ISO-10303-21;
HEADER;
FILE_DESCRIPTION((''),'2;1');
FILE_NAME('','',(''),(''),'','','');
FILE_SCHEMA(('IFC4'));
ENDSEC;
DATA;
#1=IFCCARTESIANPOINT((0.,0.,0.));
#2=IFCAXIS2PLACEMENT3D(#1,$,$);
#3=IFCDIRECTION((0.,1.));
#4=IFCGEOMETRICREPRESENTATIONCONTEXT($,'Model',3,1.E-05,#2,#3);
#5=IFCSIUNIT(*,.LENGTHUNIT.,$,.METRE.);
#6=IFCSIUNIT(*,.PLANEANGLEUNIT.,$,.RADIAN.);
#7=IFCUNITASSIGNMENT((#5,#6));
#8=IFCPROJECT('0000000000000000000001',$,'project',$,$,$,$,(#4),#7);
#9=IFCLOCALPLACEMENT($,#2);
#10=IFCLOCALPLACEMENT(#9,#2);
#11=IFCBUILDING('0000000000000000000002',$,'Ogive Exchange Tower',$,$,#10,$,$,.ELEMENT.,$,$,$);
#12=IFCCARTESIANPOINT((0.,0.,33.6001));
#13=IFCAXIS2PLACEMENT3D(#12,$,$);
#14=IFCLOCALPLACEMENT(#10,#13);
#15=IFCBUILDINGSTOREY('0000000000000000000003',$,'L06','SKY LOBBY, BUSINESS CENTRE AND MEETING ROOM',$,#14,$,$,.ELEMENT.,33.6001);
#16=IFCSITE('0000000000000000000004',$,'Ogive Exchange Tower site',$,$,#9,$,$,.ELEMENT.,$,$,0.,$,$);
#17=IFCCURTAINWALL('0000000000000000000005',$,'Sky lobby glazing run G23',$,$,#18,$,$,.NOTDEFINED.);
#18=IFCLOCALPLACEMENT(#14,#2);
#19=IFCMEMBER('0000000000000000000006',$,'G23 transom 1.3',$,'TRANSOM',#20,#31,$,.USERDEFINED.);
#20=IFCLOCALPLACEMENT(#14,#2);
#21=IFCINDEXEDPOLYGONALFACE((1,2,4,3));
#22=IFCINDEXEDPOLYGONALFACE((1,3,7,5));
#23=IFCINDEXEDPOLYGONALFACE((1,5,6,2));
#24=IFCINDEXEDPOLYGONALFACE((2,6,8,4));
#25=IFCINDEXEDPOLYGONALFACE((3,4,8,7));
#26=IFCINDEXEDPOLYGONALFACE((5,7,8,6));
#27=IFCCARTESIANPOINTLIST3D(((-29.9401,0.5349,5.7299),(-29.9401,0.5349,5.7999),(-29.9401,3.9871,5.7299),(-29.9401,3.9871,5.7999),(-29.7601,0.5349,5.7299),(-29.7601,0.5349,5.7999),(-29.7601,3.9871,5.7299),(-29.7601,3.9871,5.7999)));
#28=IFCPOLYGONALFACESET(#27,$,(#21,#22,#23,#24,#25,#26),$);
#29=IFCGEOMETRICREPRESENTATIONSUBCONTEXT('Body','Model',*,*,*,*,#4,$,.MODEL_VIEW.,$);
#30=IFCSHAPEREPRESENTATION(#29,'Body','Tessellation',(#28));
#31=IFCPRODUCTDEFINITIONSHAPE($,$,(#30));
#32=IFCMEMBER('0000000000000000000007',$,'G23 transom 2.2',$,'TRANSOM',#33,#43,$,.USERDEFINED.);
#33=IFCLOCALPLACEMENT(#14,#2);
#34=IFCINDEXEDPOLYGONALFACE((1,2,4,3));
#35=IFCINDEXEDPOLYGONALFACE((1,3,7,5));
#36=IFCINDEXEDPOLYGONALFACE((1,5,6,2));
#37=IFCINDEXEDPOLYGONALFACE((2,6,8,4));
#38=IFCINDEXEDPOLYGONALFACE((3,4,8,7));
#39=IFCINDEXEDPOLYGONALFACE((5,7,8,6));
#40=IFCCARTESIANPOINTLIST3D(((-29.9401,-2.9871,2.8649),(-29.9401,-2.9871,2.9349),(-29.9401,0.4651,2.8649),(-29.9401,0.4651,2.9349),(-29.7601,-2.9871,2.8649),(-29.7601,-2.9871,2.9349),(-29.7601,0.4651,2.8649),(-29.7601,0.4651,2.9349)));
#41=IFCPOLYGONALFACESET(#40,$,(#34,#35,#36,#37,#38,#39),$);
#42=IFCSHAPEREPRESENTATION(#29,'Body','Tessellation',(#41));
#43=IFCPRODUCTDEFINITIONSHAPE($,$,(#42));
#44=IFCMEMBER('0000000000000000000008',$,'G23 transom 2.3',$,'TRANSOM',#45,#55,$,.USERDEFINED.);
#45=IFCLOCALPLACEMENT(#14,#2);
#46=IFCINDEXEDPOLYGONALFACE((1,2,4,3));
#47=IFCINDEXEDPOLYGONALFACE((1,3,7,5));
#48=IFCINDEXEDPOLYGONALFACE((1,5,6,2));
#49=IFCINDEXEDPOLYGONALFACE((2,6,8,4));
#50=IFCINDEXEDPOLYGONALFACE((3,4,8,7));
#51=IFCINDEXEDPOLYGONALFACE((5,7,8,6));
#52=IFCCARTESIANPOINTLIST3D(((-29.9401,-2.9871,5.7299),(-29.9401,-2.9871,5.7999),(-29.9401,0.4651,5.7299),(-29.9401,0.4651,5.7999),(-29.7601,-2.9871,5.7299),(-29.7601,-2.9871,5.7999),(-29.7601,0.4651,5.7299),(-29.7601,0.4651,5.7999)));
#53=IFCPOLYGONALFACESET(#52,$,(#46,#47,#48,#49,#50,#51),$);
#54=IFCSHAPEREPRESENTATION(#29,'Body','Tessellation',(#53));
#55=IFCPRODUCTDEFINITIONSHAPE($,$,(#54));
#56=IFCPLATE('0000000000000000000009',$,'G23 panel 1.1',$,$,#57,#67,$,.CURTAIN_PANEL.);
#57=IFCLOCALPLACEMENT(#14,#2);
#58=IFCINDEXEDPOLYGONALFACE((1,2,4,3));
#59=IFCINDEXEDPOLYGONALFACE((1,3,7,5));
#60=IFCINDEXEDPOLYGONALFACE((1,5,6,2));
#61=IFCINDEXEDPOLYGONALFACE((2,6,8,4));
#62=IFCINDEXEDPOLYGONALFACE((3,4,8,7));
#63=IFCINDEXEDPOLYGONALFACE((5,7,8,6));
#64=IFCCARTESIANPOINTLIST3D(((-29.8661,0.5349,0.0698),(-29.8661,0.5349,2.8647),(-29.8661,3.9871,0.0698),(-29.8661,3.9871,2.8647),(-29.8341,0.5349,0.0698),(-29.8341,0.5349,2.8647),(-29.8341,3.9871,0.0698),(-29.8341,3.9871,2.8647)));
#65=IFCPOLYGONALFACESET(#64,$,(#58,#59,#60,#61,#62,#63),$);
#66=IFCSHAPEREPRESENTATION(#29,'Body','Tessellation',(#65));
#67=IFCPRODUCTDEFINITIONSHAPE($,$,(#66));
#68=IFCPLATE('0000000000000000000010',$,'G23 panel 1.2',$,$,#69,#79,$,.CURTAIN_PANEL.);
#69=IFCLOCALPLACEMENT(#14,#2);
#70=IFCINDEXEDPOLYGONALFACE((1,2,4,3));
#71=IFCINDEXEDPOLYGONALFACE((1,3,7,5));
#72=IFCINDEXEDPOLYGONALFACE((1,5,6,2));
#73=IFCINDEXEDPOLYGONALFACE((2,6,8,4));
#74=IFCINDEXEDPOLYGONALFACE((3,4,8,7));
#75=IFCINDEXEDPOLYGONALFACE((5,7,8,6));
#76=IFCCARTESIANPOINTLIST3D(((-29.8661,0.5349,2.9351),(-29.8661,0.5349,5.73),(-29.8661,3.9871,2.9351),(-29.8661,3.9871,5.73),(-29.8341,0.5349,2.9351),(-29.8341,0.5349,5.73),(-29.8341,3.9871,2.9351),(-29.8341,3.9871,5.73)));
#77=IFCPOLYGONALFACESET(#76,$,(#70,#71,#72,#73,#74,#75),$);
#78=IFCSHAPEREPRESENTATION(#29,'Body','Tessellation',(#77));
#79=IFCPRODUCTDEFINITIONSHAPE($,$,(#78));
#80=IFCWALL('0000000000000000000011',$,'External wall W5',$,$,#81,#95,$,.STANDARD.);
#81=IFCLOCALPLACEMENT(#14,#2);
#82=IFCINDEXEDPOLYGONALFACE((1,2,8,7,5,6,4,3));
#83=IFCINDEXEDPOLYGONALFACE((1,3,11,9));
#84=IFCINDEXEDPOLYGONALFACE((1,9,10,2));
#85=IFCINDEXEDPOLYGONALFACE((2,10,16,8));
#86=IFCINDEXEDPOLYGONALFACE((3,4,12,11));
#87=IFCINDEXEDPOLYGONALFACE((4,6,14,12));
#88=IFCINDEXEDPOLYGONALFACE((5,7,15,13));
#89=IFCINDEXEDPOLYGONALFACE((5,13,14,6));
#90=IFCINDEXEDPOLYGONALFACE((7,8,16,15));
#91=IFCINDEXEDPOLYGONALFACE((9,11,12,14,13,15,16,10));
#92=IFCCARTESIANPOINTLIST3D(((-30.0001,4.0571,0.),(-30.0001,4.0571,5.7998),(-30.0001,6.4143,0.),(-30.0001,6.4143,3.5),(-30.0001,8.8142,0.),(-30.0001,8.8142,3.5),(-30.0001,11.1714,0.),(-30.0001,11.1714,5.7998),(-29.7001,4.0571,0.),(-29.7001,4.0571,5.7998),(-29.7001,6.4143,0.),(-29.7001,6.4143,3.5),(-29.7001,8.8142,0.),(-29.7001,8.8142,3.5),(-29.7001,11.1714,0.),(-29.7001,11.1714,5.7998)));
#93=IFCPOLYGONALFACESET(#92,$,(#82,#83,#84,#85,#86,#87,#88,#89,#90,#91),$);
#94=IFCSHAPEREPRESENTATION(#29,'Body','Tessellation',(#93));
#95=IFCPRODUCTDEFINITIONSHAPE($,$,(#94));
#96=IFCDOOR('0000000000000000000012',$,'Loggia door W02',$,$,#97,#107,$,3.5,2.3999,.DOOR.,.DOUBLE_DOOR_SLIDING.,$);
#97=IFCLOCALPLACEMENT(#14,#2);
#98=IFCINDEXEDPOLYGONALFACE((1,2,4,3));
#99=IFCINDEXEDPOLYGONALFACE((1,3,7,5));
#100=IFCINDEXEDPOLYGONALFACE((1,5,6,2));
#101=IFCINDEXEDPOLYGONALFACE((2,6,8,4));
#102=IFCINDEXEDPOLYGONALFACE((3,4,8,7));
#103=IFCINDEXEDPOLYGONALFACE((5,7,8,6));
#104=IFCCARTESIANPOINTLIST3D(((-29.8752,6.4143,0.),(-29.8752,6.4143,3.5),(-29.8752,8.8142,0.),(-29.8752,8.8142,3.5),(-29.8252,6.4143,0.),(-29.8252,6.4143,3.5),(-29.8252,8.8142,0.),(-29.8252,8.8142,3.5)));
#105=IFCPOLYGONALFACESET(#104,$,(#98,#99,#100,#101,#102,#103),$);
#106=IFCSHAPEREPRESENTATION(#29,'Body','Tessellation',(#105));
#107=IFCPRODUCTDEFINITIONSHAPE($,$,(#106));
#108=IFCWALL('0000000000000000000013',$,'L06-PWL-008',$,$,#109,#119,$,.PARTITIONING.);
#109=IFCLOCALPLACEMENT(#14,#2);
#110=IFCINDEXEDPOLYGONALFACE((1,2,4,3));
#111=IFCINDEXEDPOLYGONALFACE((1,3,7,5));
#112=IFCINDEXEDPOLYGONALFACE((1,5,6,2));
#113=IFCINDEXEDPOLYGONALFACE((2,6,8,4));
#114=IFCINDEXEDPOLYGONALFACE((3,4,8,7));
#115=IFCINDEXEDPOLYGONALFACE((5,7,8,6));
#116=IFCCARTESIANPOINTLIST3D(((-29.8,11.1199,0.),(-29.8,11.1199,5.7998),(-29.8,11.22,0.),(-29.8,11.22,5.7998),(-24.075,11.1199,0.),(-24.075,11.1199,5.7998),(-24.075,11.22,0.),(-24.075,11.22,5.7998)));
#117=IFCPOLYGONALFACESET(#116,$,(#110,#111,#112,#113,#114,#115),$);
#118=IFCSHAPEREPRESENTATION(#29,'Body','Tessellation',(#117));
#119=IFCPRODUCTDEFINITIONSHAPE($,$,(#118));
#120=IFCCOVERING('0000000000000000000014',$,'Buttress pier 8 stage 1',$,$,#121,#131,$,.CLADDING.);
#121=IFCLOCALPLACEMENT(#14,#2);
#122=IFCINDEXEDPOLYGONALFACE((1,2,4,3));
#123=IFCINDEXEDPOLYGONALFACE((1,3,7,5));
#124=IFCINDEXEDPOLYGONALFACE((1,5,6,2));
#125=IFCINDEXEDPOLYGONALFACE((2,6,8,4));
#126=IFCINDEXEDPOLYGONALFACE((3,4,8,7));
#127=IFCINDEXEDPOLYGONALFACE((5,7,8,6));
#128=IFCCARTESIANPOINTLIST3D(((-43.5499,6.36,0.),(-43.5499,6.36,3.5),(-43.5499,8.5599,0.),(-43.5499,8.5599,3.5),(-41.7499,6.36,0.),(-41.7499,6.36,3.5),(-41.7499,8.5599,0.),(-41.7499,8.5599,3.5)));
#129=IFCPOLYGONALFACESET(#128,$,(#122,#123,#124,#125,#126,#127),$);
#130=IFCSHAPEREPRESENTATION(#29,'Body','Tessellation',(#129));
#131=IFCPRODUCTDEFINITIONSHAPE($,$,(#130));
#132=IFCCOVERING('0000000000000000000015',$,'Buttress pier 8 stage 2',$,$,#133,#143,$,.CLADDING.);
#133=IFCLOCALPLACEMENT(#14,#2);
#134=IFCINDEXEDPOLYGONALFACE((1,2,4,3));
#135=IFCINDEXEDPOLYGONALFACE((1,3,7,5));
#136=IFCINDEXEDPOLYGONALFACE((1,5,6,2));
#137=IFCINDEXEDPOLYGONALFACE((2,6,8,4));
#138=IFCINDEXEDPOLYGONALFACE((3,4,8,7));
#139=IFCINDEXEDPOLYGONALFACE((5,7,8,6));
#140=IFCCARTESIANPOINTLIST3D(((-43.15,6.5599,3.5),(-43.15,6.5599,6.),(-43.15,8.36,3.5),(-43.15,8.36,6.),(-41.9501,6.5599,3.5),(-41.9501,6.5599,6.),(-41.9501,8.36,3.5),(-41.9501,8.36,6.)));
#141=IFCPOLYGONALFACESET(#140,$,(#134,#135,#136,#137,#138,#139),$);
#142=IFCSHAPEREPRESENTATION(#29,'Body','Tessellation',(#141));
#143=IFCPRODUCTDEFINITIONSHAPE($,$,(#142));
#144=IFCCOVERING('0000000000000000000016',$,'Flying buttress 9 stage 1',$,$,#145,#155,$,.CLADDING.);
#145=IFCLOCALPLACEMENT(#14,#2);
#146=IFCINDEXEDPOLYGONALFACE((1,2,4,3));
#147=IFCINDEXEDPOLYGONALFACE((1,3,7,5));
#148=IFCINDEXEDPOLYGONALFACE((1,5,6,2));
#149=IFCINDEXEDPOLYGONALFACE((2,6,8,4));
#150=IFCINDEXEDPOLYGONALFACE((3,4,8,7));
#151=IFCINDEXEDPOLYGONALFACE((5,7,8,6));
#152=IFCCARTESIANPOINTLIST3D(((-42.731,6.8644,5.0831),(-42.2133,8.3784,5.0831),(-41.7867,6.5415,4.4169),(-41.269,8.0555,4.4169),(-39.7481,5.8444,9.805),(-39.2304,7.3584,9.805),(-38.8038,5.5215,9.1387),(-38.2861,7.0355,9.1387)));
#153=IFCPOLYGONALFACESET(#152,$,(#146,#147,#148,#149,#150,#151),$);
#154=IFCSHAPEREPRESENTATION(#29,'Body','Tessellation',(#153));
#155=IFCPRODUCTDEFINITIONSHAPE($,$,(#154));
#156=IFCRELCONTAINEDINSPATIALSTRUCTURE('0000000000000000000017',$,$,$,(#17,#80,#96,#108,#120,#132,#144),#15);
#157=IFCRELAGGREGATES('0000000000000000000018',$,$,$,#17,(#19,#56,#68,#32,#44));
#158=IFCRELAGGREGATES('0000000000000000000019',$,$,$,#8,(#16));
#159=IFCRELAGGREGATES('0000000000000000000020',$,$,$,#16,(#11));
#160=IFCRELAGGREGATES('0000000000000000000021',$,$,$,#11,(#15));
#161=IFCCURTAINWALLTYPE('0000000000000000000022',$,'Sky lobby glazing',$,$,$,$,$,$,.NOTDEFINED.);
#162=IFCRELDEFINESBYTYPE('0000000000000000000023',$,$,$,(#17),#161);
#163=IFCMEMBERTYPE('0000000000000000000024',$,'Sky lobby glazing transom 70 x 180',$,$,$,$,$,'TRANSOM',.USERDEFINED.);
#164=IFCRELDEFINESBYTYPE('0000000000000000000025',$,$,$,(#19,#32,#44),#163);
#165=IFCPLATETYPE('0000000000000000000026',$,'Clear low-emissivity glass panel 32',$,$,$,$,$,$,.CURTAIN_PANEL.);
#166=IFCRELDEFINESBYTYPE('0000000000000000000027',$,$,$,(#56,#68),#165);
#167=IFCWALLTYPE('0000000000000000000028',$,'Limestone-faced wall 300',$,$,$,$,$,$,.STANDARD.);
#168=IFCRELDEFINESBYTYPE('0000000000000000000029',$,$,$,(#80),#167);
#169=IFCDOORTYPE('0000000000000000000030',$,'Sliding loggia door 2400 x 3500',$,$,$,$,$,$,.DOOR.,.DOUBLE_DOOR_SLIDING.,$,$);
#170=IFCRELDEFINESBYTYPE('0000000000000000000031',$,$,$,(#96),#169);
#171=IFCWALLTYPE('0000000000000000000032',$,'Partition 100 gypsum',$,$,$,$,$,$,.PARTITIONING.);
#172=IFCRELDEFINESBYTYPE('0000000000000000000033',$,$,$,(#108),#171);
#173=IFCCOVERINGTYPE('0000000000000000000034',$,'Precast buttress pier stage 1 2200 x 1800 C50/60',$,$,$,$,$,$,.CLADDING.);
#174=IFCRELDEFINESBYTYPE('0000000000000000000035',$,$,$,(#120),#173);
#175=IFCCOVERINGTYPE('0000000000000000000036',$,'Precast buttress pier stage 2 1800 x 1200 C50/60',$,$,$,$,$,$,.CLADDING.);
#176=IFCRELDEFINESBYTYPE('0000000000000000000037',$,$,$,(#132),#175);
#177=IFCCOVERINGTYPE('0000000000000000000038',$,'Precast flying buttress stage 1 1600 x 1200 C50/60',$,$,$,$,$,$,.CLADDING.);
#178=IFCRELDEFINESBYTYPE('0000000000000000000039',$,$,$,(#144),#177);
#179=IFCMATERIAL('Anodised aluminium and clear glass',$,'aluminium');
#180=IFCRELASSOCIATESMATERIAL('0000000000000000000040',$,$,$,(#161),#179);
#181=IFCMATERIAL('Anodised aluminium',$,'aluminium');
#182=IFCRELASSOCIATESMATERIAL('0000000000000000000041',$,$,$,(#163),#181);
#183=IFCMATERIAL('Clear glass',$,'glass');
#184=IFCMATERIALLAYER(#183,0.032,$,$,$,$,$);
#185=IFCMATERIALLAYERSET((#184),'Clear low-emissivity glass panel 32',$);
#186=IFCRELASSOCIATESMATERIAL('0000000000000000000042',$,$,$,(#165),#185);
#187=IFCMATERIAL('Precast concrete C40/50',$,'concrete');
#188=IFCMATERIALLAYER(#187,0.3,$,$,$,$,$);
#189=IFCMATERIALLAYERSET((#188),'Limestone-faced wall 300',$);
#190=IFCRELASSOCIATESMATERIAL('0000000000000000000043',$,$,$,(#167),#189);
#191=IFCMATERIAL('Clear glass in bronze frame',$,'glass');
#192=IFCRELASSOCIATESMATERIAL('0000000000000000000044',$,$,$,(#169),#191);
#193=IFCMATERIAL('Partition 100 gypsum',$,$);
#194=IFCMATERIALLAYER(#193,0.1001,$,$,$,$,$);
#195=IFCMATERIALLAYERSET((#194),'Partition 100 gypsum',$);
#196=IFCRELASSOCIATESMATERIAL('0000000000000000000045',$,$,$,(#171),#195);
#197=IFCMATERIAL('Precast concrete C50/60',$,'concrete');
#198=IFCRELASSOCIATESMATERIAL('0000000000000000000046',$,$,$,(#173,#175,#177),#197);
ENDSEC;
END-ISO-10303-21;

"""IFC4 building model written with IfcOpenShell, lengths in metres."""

from ifc_helpers import new_model, si_unit, direction, frame, frame_2d, origin, origin_2d, place, context, subcontext, project, spatial, rectangle, extrude, material, layer, layer_set, material_profile, profile_set, type_object, element, fill, aggregate, save


model = new_model("IFC4")

# Units and contexts
model_context = context("Model", 3, precision=1e-05, world=origin(), true_north=direction((0.0, 1.0)))
body_context = subcontext(model_context, "Body", "Model", "MODEL_VIEW")
ifc_project = project(units=[si_unit("LENGTHUNIT", "METRE"), si_unit("PLANEANGLEUNIT", "RADIAN")], contexts=[model_context])

# Site, building, storey
site_placement = place(None, origin())
site = spatial("IfcSite", under=ifc_project, at=site_placement, Name="Ogive Exchange Tower site", CompositionType="ELEMENT", RefElevation=0.0)
building_placement = place(site_placement, origin())
building = spatial("IfcBuilding", under=site, at=building_placement, Name="Ogive Exchange Tower", CompositionType="ELEMENT")
storey_placement = place(building_placement, frame((0.0, 0.0, 33.6001)))
storey = spatial("IfcBuildingStorey", under=building, at=storey_placement, Name="L06", Description="SKY LOBBY, BUSINESS CENTRE AND MEETING ROOM", CompositionType="ELEMENT", Elevation=33.6001)

# Shared definitions
ifc_material_1 = material(Name="Anodised aluminium and clear glass", Category="aluminium")
curtain_wall_type = type_object("IfcCurtainWallType", Name="Sky lobby glazing", PredefinedType="NOTDEFINED", material=ifc_material_1)
ifc_material_2 = material(Name="Anodised aluminium", Category="aluminium")

# Curtain wall, members, plates
curtain_wall_1_placement = place(storey_placement, origin())
curtain_wall_1 = element("IfcCurtainWall", 1, at=curtain_wall_1_placement, inside=storey, type_object=curtain_wall_type, Name="Sky lobby glazing run G23", PredefinedType="NOTDEFINED")
ifc_material_profile_1 = material_profile(ifc_material_2, rectangle(XDim=0.1799, YDim=0.0701, at=origin_2d()), Name="AL 70x180")
ifc_profile_set_1 = profile_set([ifc_material_profile_1], Name="Anodised aluminium")
member_type_1 = type_object("IfcMemberType", Name="Sky lobby glazing transom 70 x 180", ElementType="TRANSOM", PredefinedType="USERDEFINED", material=ifc_profile_set_1)
member_1_placement = place(storey_placement, frame((-29.8501, 3.9871, 5.7649), z_axis=(0.0, -1.0, 0.0), x_axis=(1.0, 0.0, 0.0)))
member_1 = element("IfcMember", 2, at=member_1_placement, type_object=member_type_1, Name="G23 transom 1.3", ObjectType="TRANSOM", PredefinedType="USERDEFINED", context=body_context, shape_type="SweptSolid", body=[
    extrude(rectangle(XDim=0.1799, YDim=0.0701, at=origin_2d()), origin(), (0.0, 0.0, 1.0), 3.4521),
])
member_2_placement = place(storey_placement, frame((-29.8501, 0.4651, 2.8999), z_axis=(0.0, -1.0, 0.0), x_axis=(1.0, 0.0, 0.0)))
member_2 = element("IfcMember", 3, at=member_2_placement, type_object=member_type_1, Name="G23 transom 2.2", ObjectType="TRANSOM", PredefinedType="USERDEFINED", context=body_context, shape_type="SweptSolid", body=[
    extrude(rectangle(XDim=0.1799, YDim=0.0701, at=origin_2d()), origin(), (0.0, 0.0, 1.0), 3.4521),
])
member_3_placement = place(storey_placement, frame((-29.8501, 0.4651, 5.7649), z_axis=(0.0, -1.0, 0.0), x_axis=(1.0, 0.0, 0.0)))
member_3 = element("IfcMember", 4, at=member_3_placement, type_object=member_type_1, Name="G23 transom 2.3", ObjectType="TRANSOM", PredefinedType="USERDEFINED", context=body_context, shape_type="SweptSolid", body=[
    extrude(rectangle(XDim=0.1799, YDim=0.0701, at=origin_2d()), origin(), (0.0, 0.0, 1.0), 3.4521),
])
ifc_material_3 = material(Name="Clear glass", Category="glass")
ifc_layer_1 = layer(ifc_material_3, 0.032)
ifc_layer_set_1 = layer_set([ifc_layer_1], Name="Clear low-emissivity glass panel 32")
plate_type = type_object("IfcPlateType", Name="Clear low-emissivity glass panel 32", PredefinedType="CURTAIN_PANEL", material=ifc_layer_set_1)
plate_1_placement = place(storey_placement, frame((-29.8501, 2.261, 0.0698), z_axis=(0.0, 0.0, 1.0), x_axis=(0.0, -1.0, 0.0)))
plate_1 = element("IfcPlate", 5, at=plate_1_placement, type_object=plate_type, Name="G23 panel 1.1", PredefinedType="CURTAIN_PANEL", context=body_context, shape_type="SweptSolid", body=[
    extrude(rectangle(XDim=3.4521, YDim=0.032, at=origin_2d()), origin(), (0.0, 0.0, 1.0), 2.7949),
])
plate_2_placement = place(storey_placement, frame((-29.8501, 2.261, 2.9351), z_axis=(0.0, 0.0, 1.0), x_axis=(0.0, -1.0, 0.0)))
plate_2 = element("IfcPlate", 6, at=plate_2_placement, type_object=plate_type, Name="G23 panel 1.2", PredefinedType="CURTAIN_PANEL", context=body_context, shape_type="SweptSolid", body=[
    extrude(rectangle(XDim=3.4521, YDim=0.032, at=origin_2d()), origin(), (0.0, 0.0, 1.0), 2.7949),
])
aggregate(curtain_wall_1, [member_1, plate_1, plate_2, member_2, member_3])

# Wall, opening, door
ifc_material_4 = material(Name="Precast concrete C40/50", Category="concrete")
ifc_layer_2 = layer(ifc_material_4, 0.3)
ifc_layer_set_2 = layer_set([ifc_layer_2], Name="Limestone-faced wall 300")
wall_type_1 = type_object("IfcWallType", Name="Limestone-faced wall 300", PredefinedType="STANDARD", material=ifc_layer_set_2)
wall_1_placement = place(storey_placement, frame((-29.8501, 11.1714, 0.0), z_axis=(0.0, 0.0, 1.0), x_axis=(0.0, -1.0, 0.0)))
wall_1 = element("IfcWall", 7, at=wall_1_placement, inside=storey, type_object=wall_type_1, Name="External wall W5", PredefinedType="STANDARD", context=body_context, shape_type="SweptSolid", body=[
    extrude(rectangle(XDim=7.1143, YDim=0.3, at=frame_2d((3.5571, 0.0))), origin(), (0.0, 0.0, 1.0), 5.7998),
])
opening_placement = place(wall_1_placement, frame((2.3572, 0.0, 0.0)))
opening = element("IfcOpeningElement", 8, at=opening_placement, cuts=wall_1, PredefinedType="OPENING", context=body_context, shape_type="SweptSolid", body=[
    extrude(rectangle(XDim=2.3999, YDim=3.5, at=frame_2d((1.2, 1.75))), frame((0.0, 0.1599, 0.0), z_axis=(0.0, -1.0, 0.0), x_axis=(1.0, 0.0, 0.0)), (0.0, 0.0, 1.0), 0.3201),
])
ifc_material_5 = material(Name="Clear glass in bronze frame", Category="glass")
door_type = type_object("IfcDoorType", Name="Sliding loggia door 2400 x 3500", OperationType="DOUBLE_DOOR_SLIDING", PredefinedType="DOOR", material=ifc_material_5)
door_placement = place(opening_placement, origin())
door = element("IfcDoor", 9, at=door_placement, inside=storey, type_object=door_type, Name="Loggia door W02", OperationType="DOUBLE_DOOR_SLIDING", OverallHeight=3.5, OverallWidth=2.3999, PredefinedType="DOOR", context=body_context, shape_type="SweptSolid", body=[
    extrude(rectangle(XDim=2.3999, YDim=3.5, at=frame_2d((1.2, 1.75))), frame((0.0, 0.0249, 0.0), z_axis=(0.0, -1.0, 0.0), x_axis=(1.0, 0.0, 0.0)), (0.0, 0.0, 1.0), 0.05),
])
fill(opening, door)

# Wall
ifc_material_6 = material(Name="Partition 100 gypsum")
ifc_layer_3 = layer(ifc_material_6, 0.1001)
ifc_layer_set_3 = layer_set([ifc_layer_3], Name="Partition 100 gypsum")
wall_type_2 = type_object("IfcWallType", Name="Partition 100 gypsum", PredefinedType="PARTITIONING", material=ifc_layer_set_3)
wall_2_placement = place(storey_placement, frame((-24.075, 11.1699, 0.0), z_axis=(0.0, 0.0, 1.0), x_axis=(-1.0, 0.0, 0.0)))
element("IfcWall", 10, at=wall_2_placement, inside=storey, type_object=wall_type_2, Name="L06-PWL-008", PredefinedType="PARTITIONING", context=body_context, shape_type="SweptSolid", body=[
    extrude(rectangle(XDim=5.7251, YDim=0.1001, at=frame_2d((2.8625, 0.0))), origin(), (0.0, 0.0, 1.0), 5.7998),
])

# Coverings
ifc_material_7 = material(Name="Precast concrete C50/60", Category="concrete")
ifc_material_profile_2 = material_profile(ifc_material_7, rectangle(XDim=2.2, YDim=1.8, at=origin_2d()), Name="BUTTRESS PIER 1 2200 x 1800")
ifc_profile_set_2 = profile_set([ifc_material_profile_2], Name="Precast concrete C50/60")
covering_type_1 = type_object("IfcCoveringType", Name="Precast buttress pier stage 1 2200 x 1800 C50/60", PredefinedType="CLADDING", material=ifc_profile_set_2)
covering_1_placement = place(storey_placement, frame((-42.6499, 7.46, 0.0), z_axis=(0.0, 0.0, 1.0), x_axis=(0.0, 1.0, 0.0)))
element("IfcCovering", 11, at=covering_1_placement, inside=storey, type_object=covering_type_1, Name="Buttress pier 8 stage 1", PredefinedType="CLADDING", context=body_context, shape_type="SweptSolid", body=[
    extrude(rectangle(XDim=2.2, YDim=1.8, at=origin_2d()), origin(), (0.0, 0.0, 1.0), 3.5),
])
ifc_material_profile_3 = material_profile(ifc_material_7, rectangle(XDim=1.8, YDim=1.2, at=origin_2d()), Name="BUTTRESS PIER 2 1800 x 1200")
ifc_profile_set_3 = profile_set([ifc_material_profile_3], Name="Precast concrete C50/60")
covering_type_2 = type_object("IfcCoveringType", Name="Precast buttress pier stage 2 1800 x 1200 C50/60", PredefinedType="CLADDING", material=ifc_profile_set_3)
covering_2_placement = place(storey_placement, frame((-42.55, 7.46, 3.5), z_axis=(0.0, 0.0, 1.0), x_axis=(0.0, 1.0, 0.0)))
element("IfcCovering", 12, at=covering_2_placement, inside=storey, type_object=covering_type_2, Name="Buttress pier 8 stage 2", PredefinedType="CLADDING", context=body_context, shape_type="SweptSolid", body=[
    extrude(rectangle(XDim=1.8, YDim=1.2, at=origin_2d()), origin(), (0.0, 0.0, 1.0), 2.5),
])
ifc_material_profile_4 = material_profile(ifc_material_7, rectangle(XDim=1.6001, YDim=1.2, at=origin_2d()), Name="FLYING BUTTRESS 1 1600 x 1200")
ifc_profile_set_4 = profile_set([ifc_material_profile_4], Name="Precast concrete C50/60")
covering_type_3 = type_object("IfcCoveringType", Name="Precast flying buttress stage 1 1600 x 1200 C50/60", PredefinedType="CLADDING", material=ifc_profile_set_4)
covering_3_placement = place(storey_placement, frame((-42.0, 7.46, 4.75), z_axis=(0.525385, -0.179658, 0.831681), x_axis=(0.32356, 0.946208, 0.0)))
element("IfcCovering", 13, at=covering_3_placement, inside=storey, type_object=covering_type_3, Name="Flying buttress 9 stage 1", PredefinedType="CLADDING", context=body_context, shape_type="SweptSolid", body=[
    extrude(rectangle(XDim=1.6001, YDim=1.2, at=origin_2d()), origin(), (0.0, 0.0, 1.0), 5.6775),
])

save(model, "model.ifc")
